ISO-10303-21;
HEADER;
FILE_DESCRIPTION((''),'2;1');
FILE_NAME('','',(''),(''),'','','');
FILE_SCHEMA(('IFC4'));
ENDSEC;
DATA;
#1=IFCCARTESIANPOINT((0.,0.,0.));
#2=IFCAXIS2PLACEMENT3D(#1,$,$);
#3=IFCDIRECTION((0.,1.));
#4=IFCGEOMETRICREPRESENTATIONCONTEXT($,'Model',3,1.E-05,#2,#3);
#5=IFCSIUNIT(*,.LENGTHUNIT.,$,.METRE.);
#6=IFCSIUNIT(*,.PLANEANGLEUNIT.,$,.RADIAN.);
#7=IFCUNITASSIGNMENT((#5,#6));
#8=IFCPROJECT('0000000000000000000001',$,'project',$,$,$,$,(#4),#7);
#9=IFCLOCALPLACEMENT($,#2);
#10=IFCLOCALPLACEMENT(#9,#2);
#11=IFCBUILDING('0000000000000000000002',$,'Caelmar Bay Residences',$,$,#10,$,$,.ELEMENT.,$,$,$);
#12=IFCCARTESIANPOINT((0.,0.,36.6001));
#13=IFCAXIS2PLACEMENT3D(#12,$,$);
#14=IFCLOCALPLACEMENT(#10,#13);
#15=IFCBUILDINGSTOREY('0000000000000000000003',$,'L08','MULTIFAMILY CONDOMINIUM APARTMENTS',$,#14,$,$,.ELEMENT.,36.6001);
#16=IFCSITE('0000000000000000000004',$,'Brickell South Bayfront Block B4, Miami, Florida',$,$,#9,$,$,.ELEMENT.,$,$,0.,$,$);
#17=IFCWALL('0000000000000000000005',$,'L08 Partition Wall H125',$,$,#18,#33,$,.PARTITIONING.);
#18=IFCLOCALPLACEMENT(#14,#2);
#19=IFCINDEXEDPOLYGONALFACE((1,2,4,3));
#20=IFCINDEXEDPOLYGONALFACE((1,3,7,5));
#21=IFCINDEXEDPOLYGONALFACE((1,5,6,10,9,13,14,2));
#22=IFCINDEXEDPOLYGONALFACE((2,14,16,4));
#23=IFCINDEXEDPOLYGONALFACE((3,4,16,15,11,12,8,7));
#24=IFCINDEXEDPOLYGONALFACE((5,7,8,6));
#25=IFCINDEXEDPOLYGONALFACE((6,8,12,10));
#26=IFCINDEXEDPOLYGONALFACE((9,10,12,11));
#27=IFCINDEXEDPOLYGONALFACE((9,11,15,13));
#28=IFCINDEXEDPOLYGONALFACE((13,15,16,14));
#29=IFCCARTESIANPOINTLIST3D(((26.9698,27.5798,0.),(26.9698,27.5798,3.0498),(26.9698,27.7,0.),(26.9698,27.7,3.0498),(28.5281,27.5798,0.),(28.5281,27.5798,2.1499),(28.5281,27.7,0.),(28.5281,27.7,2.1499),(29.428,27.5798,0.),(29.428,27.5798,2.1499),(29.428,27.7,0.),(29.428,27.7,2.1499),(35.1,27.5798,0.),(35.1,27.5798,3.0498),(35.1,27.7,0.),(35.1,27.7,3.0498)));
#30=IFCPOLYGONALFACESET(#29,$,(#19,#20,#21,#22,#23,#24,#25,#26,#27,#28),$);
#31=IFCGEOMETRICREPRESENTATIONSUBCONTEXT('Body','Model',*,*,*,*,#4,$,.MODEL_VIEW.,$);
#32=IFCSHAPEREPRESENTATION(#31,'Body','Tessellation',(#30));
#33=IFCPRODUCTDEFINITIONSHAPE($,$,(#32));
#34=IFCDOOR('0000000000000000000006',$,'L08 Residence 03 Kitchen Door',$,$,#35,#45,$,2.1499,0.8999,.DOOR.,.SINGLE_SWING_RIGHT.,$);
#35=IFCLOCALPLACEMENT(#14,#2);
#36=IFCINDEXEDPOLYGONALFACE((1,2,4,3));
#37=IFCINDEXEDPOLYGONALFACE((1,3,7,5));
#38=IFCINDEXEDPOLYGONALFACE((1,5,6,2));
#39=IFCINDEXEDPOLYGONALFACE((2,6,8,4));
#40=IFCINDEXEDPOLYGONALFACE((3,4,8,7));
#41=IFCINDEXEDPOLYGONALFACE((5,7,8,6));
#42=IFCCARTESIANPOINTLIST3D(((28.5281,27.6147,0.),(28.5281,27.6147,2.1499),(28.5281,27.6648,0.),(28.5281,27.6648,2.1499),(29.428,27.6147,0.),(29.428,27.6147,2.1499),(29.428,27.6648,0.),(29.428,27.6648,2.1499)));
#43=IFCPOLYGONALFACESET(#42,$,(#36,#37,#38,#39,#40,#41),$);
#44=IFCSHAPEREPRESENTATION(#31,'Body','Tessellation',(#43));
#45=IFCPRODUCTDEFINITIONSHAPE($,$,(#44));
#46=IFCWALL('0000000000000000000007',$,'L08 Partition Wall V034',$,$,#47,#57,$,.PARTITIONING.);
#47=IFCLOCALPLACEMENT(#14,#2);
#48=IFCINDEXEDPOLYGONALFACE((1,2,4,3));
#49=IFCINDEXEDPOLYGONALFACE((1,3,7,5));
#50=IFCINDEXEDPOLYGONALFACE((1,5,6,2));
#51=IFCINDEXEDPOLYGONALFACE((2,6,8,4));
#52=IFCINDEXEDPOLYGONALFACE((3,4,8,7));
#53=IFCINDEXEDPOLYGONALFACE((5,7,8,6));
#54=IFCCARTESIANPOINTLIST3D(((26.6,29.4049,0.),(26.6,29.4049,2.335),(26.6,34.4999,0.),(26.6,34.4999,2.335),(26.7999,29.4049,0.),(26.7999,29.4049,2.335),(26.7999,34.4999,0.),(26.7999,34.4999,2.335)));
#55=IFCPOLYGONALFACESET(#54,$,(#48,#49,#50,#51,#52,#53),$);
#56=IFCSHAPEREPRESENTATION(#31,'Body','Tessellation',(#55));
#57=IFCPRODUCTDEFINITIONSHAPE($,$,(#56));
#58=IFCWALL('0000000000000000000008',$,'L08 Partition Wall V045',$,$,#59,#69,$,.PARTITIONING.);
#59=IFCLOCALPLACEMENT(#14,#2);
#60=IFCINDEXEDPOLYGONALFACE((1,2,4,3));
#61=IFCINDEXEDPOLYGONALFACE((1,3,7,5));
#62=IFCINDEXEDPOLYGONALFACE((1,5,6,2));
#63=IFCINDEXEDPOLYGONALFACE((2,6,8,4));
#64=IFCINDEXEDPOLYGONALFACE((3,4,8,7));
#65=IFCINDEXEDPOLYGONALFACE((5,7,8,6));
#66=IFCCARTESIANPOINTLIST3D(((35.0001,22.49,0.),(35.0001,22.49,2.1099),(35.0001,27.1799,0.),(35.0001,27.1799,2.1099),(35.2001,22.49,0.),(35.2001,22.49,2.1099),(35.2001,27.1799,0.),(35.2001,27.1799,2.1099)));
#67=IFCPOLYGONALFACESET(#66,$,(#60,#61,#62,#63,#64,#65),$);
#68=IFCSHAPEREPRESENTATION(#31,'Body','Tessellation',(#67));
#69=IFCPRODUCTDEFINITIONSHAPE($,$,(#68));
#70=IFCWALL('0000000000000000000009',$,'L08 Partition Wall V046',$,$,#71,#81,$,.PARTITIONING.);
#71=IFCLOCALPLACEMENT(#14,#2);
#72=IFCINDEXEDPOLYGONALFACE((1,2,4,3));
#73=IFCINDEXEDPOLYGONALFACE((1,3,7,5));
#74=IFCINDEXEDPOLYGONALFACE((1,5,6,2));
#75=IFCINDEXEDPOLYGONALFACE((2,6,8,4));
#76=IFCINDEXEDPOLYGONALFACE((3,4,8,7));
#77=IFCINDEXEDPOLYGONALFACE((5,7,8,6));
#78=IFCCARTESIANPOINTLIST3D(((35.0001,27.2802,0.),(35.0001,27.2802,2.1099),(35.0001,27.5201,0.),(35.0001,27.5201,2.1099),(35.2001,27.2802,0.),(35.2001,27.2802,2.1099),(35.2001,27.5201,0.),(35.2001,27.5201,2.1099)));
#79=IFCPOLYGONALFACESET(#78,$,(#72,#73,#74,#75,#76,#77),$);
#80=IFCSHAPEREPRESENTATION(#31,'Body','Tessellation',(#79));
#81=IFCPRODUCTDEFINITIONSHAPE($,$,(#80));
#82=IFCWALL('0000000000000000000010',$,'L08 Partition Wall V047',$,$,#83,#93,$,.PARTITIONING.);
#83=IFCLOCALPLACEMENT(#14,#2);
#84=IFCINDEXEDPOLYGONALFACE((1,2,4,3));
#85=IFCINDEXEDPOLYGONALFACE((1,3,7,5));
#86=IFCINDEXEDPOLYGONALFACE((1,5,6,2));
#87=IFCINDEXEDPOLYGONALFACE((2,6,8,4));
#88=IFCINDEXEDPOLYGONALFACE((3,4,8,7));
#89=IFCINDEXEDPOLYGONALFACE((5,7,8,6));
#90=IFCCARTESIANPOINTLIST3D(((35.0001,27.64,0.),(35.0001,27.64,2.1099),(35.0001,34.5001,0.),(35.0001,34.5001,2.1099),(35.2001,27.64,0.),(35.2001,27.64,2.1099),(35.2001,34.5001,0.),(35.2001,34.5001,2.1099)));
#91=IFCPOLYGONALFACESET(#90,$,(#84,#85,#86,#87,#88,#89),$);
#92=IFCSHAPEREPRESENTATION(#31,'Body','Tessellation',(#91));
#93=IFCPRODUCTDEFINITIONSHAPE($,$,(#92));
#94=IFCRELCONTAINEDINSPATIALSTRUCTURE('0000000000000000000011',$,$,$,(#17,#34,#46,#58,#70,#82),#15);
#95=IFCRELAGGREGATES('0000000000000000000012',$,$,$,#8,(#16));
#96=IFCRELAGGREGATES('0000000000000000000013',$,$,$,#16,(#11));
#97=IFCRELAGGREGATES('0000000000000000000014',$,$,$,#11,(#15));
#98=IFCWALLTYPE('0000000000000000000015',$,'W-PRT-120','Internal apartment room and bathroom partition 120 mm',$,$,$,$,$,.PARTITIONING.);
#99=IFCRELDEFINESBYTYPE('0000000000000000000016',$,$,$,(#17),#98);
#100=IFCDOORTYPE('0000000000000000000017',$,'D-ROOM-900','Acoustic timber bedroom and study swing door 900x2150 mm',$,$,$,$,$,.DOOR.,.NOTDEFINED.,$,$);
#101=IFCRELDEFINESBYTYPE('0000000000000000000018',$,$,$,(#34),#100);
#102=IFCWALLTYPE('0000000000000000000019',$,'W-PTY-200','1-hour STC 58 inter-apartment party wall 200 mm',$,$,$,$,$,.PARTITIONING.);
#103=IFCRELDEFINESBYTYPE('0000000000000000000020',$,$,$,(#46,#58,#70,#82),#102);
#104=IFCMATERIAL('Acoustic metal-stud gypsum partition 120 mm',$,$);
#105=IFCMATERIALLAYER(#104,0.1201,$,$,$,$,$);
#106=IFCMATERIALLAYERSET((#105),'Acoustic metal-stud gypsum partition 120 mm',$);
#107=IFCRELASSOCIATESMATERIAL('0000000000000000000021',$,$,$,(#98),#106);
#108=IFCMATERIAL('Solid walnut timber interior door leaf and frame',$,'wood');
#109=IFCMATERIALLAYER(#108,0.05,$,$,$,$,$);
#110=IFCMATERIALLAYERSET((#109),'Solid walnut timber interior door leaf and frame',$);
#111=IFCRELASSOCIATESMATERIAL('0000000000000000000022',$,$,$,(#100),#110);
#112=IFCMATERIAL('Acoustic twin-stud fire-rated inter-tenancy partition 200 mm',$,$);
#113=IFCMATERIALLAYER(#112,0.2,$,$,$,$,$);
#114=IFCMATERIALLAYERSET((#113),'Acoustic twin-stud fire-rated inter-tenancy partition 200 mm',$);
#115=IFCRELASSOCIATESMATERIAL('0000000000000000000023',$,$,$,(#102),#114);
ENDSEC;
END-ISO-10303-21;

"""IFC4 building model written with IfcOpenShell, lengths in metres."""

from ifc_helpers import new_model, si_unit, direction, frame, frame_2d, origin, place, context, subcontext, project, spatial, rectangle, extrude, material, layer, layer_set, type_object, element, fill, save


model = new_model("IFC4")

# Units and contexts
model_context = context("Model", 3, precision=1e-05, world=origin(), true_north=direction((0.0, 1.0)))
body_context = subcontext(model_context, "Body", "Model", "MODEL_VIEW")
ifc_project = project(units=[si_unit("LENGTHUNIT", "METRE"), si_unit("PLANEANGLEUNIT", "RADIAN")], contexts=[model_context])

# Site, building, storey
site_placement = place(None, origin())
site = spatial("IfcSite", under=ifc_project, at=site_placement, Name="Brickell South Bayfront Block B4, Miami, Florida", CompositionType="ELEMENT", RefElevation=0.0)
building_placement = place(site_placement, origin())
building = spatial("IfcBuilding", under=site, at=building_placement, Name="Caelmar Bay Residences", CompositionType="ELEMENT")
storey_placement = place(building_placement, frame((0.0, 0.0, 36.6001)))
storey = spatial("IfcBuildingStorey", under=building, at=storey_placement, Name="L08", Description="MULTIFAMILY CONDOMINIUM APARTMENTS", CompositionType="ELEMENT", Elevation=36.6001)

# Shared definitions
ifc_material_1 = material(Name="Acoustic metal-stud gypsum partition 120 mm")
ifc_layer_1 = layer(ifc_material_1, 0.1201)
ifc_layer_set_1 = layer_set([ifc_layer_1], Name="Acoustic metal-stud gypsum partition 120 mm")
wall_type_1 = type_object("IfcWallType", Name="W-PRT-120", Description="Internal apartment room and bathroom partition 120 mm", PredefinedType="PARTITIONING", material=ifc_layer_set_1)
ifc_material_2 = material(Name="Solid walnut timber interior door leaf and frame", Category="wood")
ifc_layer_2 = layer(ifc_material_2, 0.05)
ifc_layer_set_2 = layer_set([ifc_layer_2], Name="Solid walnut timber interior door leaf and frame")
door_type_1 = type_object("IfcDoorType", Name="D-ROOM-900", Description="Acoustic timber bedroom and study swing door 900x2150 mm", OperationType="NOTDEFINED", PredefinedType="DOOR", material=ifc_layer_set_2)

# Wall, opening, door
wall_1_placement = place(storey_placement, frame((26.97, 27.6399, 0.0), z_axis=(0.0, 0.0, 1.0), x_axis=(1.0, 0.0, 0.0)))
wall_1 = element("IfcWall", 1, at=wall_1_placement, inside=storey, type_object=wall_type_1, Name="L08 Partition Wall H125", PredefinedType="PARTITIONING", context=body_context, shape_type="SweptSolid", body=[
    extrude(rectangle(XDim=8.1301, YDim=0.1201, at=frame_2d((4.0649, 0.0))), origin(), (0.0, 0.0, 1.0), 3.0498),
])
opening_1_placement = place(wall_1_placement, frame((1.5581, 0.0, 0.0)))
opening_1 = element("IfcOpeningElement", 2, at=opening_1_placement, cuts=wall_1, PredefinedType="OPENING", context=body_context, shape_type="SweptSolid", body=[
    extrude(rectangle(XDim=0.8999, YDim=2.1499, at=frame_2d((0.45, 1.075))), frame((0.0, 0.0701, 0.0), z_axis=(0.0, -1.0, 0.0), x_axis=(1.0, 0.0, 0.0)), (0.0, 0.0, 1.0), 0.1401),
])
door_1_placement = place(opening_1_placement, origin())
door_1 = element("IfcDoor", 3, at=door_1_placement, inside=storey, type_object=door_type_1, Name="L08 Residence 03 Kitchen Door", OperationType="SINGLE_SWING_RIGHT", OverallHeight=2.1499, OverallWidth=0.8999, PredefinedType="DOOR", context=body_context, shape_type="SweptSolid", body=[
    extrude(rectangle(XDim=0.8999, YDim=2.1499, at=frame_2d((0.45, 1.075))), frame((0.0, 0.0249, 0.0), z_axis=(0.0, -1.0, 0.0), x_axis=(1.0, 0.0, 0.0)), (0.0, 0.0, 1.0), 0.05),
])
fill(opening_1, door_1)

# Walls
ifc_material_3 = material(Name="Acoustic twin-stud fire-rated inter-tenancy partition 200 mm")
ifc_layer_3 = layer(ifc_material_3, 0.2)
ifc_layer_set_3 = layer_set([ifc_layer_3], Name="Acoustic twin-stud fire-rated inter-tenancy partition 200 mm")
wall_type_2 = type_object("IfcWallType", Name="W-PTY-200", Description="1-hour STC 58 inter-apartment party wall 200 mm", PredefinedType="PARTITIONING", material=ifc_layer_set_3)
wall_2_placement = place(storey_placement, frame((26.7, 29.405, 0.0), z_axis=(0.0, 0.0, 1.0), x_axis=(0.0, 1.0, 0.0)))
element("IfcWall", 4, at=wall_2_placement, inside=storey, type_object=wall_type_2, Name="L08 Partition Wall V034", PredefinedType="PARTITIONING", context=body_context, shape_type="SweptSolid", body=[
    extrude(rectangle(XDim=5.095, YDim=0.2, at=frame_2d((2.5474, 0.0))), origin(), (0.0, 0.0, 1.0), 2.335),
])
wall_3_placement = place(storey_placement, frame((35.1001, 22.49, 0.0), z_axis=(0.0, 0.0, 1.0), x_axis=(0.0, 1.0, 0.0)))
element("IfcWall", 5, at=wall_3_placement, inside=storey, type_object=wall_type_2, Name="L08 Partition Wall V045", PredefinedType="PARTITIONING", context=body_context, shape_type="SweptSolid", body=[
    extrude(rectangle(XDim=4.6899, YDim=0.2, at=frame_2d((2.345, 0.0))), origin(), (0.0, 0.0, 1.0), 2.1099),
])
wall_4_placement = place(storey_placement, frame((35.1001, 27.28, 0.0), z_axis=(0.0, 0.0, 1.0), x_axis=(0.0, 1.0, 0.0)))
element("IfcWall", 6, at=wall_4_placement, inside=storey, type_object=wall_type_2, Name="L08 Partition Wall V046", PredefinedType="PARTITIONING", context=body_context, shape_type="SweptSolid", body=[
    extrude(rectangle(XDim=0.24, YDim=0.2, at=frame_2d((0.1201, 0.0))), origin(), (0.0, 0.0, 1.0), 2.1099),
])
wall_5_placement = place(storey_placement, frame((35.1001, 27.6399, 0.0), z_axis=(0.0, 0.0, 1.0), x_axis=(0.0, 1.0, 0.0)))
element("IfcWall", 7, at=wall_5_placement, inside=storey, type_object=wall_type_2, Name="L08 Partition Wall V047", PredefinedType="PARTITIONING", context=body_context, shape_type="SweptSolid", body=[
    extrude(rectangle(XDim=6.8601, YDim=0.2, at=frame_2d((3.4302, 0.0))), origin(), (0.0, 0.0, 1.0), 2.1099),
])

save(model, "model.ifc")
